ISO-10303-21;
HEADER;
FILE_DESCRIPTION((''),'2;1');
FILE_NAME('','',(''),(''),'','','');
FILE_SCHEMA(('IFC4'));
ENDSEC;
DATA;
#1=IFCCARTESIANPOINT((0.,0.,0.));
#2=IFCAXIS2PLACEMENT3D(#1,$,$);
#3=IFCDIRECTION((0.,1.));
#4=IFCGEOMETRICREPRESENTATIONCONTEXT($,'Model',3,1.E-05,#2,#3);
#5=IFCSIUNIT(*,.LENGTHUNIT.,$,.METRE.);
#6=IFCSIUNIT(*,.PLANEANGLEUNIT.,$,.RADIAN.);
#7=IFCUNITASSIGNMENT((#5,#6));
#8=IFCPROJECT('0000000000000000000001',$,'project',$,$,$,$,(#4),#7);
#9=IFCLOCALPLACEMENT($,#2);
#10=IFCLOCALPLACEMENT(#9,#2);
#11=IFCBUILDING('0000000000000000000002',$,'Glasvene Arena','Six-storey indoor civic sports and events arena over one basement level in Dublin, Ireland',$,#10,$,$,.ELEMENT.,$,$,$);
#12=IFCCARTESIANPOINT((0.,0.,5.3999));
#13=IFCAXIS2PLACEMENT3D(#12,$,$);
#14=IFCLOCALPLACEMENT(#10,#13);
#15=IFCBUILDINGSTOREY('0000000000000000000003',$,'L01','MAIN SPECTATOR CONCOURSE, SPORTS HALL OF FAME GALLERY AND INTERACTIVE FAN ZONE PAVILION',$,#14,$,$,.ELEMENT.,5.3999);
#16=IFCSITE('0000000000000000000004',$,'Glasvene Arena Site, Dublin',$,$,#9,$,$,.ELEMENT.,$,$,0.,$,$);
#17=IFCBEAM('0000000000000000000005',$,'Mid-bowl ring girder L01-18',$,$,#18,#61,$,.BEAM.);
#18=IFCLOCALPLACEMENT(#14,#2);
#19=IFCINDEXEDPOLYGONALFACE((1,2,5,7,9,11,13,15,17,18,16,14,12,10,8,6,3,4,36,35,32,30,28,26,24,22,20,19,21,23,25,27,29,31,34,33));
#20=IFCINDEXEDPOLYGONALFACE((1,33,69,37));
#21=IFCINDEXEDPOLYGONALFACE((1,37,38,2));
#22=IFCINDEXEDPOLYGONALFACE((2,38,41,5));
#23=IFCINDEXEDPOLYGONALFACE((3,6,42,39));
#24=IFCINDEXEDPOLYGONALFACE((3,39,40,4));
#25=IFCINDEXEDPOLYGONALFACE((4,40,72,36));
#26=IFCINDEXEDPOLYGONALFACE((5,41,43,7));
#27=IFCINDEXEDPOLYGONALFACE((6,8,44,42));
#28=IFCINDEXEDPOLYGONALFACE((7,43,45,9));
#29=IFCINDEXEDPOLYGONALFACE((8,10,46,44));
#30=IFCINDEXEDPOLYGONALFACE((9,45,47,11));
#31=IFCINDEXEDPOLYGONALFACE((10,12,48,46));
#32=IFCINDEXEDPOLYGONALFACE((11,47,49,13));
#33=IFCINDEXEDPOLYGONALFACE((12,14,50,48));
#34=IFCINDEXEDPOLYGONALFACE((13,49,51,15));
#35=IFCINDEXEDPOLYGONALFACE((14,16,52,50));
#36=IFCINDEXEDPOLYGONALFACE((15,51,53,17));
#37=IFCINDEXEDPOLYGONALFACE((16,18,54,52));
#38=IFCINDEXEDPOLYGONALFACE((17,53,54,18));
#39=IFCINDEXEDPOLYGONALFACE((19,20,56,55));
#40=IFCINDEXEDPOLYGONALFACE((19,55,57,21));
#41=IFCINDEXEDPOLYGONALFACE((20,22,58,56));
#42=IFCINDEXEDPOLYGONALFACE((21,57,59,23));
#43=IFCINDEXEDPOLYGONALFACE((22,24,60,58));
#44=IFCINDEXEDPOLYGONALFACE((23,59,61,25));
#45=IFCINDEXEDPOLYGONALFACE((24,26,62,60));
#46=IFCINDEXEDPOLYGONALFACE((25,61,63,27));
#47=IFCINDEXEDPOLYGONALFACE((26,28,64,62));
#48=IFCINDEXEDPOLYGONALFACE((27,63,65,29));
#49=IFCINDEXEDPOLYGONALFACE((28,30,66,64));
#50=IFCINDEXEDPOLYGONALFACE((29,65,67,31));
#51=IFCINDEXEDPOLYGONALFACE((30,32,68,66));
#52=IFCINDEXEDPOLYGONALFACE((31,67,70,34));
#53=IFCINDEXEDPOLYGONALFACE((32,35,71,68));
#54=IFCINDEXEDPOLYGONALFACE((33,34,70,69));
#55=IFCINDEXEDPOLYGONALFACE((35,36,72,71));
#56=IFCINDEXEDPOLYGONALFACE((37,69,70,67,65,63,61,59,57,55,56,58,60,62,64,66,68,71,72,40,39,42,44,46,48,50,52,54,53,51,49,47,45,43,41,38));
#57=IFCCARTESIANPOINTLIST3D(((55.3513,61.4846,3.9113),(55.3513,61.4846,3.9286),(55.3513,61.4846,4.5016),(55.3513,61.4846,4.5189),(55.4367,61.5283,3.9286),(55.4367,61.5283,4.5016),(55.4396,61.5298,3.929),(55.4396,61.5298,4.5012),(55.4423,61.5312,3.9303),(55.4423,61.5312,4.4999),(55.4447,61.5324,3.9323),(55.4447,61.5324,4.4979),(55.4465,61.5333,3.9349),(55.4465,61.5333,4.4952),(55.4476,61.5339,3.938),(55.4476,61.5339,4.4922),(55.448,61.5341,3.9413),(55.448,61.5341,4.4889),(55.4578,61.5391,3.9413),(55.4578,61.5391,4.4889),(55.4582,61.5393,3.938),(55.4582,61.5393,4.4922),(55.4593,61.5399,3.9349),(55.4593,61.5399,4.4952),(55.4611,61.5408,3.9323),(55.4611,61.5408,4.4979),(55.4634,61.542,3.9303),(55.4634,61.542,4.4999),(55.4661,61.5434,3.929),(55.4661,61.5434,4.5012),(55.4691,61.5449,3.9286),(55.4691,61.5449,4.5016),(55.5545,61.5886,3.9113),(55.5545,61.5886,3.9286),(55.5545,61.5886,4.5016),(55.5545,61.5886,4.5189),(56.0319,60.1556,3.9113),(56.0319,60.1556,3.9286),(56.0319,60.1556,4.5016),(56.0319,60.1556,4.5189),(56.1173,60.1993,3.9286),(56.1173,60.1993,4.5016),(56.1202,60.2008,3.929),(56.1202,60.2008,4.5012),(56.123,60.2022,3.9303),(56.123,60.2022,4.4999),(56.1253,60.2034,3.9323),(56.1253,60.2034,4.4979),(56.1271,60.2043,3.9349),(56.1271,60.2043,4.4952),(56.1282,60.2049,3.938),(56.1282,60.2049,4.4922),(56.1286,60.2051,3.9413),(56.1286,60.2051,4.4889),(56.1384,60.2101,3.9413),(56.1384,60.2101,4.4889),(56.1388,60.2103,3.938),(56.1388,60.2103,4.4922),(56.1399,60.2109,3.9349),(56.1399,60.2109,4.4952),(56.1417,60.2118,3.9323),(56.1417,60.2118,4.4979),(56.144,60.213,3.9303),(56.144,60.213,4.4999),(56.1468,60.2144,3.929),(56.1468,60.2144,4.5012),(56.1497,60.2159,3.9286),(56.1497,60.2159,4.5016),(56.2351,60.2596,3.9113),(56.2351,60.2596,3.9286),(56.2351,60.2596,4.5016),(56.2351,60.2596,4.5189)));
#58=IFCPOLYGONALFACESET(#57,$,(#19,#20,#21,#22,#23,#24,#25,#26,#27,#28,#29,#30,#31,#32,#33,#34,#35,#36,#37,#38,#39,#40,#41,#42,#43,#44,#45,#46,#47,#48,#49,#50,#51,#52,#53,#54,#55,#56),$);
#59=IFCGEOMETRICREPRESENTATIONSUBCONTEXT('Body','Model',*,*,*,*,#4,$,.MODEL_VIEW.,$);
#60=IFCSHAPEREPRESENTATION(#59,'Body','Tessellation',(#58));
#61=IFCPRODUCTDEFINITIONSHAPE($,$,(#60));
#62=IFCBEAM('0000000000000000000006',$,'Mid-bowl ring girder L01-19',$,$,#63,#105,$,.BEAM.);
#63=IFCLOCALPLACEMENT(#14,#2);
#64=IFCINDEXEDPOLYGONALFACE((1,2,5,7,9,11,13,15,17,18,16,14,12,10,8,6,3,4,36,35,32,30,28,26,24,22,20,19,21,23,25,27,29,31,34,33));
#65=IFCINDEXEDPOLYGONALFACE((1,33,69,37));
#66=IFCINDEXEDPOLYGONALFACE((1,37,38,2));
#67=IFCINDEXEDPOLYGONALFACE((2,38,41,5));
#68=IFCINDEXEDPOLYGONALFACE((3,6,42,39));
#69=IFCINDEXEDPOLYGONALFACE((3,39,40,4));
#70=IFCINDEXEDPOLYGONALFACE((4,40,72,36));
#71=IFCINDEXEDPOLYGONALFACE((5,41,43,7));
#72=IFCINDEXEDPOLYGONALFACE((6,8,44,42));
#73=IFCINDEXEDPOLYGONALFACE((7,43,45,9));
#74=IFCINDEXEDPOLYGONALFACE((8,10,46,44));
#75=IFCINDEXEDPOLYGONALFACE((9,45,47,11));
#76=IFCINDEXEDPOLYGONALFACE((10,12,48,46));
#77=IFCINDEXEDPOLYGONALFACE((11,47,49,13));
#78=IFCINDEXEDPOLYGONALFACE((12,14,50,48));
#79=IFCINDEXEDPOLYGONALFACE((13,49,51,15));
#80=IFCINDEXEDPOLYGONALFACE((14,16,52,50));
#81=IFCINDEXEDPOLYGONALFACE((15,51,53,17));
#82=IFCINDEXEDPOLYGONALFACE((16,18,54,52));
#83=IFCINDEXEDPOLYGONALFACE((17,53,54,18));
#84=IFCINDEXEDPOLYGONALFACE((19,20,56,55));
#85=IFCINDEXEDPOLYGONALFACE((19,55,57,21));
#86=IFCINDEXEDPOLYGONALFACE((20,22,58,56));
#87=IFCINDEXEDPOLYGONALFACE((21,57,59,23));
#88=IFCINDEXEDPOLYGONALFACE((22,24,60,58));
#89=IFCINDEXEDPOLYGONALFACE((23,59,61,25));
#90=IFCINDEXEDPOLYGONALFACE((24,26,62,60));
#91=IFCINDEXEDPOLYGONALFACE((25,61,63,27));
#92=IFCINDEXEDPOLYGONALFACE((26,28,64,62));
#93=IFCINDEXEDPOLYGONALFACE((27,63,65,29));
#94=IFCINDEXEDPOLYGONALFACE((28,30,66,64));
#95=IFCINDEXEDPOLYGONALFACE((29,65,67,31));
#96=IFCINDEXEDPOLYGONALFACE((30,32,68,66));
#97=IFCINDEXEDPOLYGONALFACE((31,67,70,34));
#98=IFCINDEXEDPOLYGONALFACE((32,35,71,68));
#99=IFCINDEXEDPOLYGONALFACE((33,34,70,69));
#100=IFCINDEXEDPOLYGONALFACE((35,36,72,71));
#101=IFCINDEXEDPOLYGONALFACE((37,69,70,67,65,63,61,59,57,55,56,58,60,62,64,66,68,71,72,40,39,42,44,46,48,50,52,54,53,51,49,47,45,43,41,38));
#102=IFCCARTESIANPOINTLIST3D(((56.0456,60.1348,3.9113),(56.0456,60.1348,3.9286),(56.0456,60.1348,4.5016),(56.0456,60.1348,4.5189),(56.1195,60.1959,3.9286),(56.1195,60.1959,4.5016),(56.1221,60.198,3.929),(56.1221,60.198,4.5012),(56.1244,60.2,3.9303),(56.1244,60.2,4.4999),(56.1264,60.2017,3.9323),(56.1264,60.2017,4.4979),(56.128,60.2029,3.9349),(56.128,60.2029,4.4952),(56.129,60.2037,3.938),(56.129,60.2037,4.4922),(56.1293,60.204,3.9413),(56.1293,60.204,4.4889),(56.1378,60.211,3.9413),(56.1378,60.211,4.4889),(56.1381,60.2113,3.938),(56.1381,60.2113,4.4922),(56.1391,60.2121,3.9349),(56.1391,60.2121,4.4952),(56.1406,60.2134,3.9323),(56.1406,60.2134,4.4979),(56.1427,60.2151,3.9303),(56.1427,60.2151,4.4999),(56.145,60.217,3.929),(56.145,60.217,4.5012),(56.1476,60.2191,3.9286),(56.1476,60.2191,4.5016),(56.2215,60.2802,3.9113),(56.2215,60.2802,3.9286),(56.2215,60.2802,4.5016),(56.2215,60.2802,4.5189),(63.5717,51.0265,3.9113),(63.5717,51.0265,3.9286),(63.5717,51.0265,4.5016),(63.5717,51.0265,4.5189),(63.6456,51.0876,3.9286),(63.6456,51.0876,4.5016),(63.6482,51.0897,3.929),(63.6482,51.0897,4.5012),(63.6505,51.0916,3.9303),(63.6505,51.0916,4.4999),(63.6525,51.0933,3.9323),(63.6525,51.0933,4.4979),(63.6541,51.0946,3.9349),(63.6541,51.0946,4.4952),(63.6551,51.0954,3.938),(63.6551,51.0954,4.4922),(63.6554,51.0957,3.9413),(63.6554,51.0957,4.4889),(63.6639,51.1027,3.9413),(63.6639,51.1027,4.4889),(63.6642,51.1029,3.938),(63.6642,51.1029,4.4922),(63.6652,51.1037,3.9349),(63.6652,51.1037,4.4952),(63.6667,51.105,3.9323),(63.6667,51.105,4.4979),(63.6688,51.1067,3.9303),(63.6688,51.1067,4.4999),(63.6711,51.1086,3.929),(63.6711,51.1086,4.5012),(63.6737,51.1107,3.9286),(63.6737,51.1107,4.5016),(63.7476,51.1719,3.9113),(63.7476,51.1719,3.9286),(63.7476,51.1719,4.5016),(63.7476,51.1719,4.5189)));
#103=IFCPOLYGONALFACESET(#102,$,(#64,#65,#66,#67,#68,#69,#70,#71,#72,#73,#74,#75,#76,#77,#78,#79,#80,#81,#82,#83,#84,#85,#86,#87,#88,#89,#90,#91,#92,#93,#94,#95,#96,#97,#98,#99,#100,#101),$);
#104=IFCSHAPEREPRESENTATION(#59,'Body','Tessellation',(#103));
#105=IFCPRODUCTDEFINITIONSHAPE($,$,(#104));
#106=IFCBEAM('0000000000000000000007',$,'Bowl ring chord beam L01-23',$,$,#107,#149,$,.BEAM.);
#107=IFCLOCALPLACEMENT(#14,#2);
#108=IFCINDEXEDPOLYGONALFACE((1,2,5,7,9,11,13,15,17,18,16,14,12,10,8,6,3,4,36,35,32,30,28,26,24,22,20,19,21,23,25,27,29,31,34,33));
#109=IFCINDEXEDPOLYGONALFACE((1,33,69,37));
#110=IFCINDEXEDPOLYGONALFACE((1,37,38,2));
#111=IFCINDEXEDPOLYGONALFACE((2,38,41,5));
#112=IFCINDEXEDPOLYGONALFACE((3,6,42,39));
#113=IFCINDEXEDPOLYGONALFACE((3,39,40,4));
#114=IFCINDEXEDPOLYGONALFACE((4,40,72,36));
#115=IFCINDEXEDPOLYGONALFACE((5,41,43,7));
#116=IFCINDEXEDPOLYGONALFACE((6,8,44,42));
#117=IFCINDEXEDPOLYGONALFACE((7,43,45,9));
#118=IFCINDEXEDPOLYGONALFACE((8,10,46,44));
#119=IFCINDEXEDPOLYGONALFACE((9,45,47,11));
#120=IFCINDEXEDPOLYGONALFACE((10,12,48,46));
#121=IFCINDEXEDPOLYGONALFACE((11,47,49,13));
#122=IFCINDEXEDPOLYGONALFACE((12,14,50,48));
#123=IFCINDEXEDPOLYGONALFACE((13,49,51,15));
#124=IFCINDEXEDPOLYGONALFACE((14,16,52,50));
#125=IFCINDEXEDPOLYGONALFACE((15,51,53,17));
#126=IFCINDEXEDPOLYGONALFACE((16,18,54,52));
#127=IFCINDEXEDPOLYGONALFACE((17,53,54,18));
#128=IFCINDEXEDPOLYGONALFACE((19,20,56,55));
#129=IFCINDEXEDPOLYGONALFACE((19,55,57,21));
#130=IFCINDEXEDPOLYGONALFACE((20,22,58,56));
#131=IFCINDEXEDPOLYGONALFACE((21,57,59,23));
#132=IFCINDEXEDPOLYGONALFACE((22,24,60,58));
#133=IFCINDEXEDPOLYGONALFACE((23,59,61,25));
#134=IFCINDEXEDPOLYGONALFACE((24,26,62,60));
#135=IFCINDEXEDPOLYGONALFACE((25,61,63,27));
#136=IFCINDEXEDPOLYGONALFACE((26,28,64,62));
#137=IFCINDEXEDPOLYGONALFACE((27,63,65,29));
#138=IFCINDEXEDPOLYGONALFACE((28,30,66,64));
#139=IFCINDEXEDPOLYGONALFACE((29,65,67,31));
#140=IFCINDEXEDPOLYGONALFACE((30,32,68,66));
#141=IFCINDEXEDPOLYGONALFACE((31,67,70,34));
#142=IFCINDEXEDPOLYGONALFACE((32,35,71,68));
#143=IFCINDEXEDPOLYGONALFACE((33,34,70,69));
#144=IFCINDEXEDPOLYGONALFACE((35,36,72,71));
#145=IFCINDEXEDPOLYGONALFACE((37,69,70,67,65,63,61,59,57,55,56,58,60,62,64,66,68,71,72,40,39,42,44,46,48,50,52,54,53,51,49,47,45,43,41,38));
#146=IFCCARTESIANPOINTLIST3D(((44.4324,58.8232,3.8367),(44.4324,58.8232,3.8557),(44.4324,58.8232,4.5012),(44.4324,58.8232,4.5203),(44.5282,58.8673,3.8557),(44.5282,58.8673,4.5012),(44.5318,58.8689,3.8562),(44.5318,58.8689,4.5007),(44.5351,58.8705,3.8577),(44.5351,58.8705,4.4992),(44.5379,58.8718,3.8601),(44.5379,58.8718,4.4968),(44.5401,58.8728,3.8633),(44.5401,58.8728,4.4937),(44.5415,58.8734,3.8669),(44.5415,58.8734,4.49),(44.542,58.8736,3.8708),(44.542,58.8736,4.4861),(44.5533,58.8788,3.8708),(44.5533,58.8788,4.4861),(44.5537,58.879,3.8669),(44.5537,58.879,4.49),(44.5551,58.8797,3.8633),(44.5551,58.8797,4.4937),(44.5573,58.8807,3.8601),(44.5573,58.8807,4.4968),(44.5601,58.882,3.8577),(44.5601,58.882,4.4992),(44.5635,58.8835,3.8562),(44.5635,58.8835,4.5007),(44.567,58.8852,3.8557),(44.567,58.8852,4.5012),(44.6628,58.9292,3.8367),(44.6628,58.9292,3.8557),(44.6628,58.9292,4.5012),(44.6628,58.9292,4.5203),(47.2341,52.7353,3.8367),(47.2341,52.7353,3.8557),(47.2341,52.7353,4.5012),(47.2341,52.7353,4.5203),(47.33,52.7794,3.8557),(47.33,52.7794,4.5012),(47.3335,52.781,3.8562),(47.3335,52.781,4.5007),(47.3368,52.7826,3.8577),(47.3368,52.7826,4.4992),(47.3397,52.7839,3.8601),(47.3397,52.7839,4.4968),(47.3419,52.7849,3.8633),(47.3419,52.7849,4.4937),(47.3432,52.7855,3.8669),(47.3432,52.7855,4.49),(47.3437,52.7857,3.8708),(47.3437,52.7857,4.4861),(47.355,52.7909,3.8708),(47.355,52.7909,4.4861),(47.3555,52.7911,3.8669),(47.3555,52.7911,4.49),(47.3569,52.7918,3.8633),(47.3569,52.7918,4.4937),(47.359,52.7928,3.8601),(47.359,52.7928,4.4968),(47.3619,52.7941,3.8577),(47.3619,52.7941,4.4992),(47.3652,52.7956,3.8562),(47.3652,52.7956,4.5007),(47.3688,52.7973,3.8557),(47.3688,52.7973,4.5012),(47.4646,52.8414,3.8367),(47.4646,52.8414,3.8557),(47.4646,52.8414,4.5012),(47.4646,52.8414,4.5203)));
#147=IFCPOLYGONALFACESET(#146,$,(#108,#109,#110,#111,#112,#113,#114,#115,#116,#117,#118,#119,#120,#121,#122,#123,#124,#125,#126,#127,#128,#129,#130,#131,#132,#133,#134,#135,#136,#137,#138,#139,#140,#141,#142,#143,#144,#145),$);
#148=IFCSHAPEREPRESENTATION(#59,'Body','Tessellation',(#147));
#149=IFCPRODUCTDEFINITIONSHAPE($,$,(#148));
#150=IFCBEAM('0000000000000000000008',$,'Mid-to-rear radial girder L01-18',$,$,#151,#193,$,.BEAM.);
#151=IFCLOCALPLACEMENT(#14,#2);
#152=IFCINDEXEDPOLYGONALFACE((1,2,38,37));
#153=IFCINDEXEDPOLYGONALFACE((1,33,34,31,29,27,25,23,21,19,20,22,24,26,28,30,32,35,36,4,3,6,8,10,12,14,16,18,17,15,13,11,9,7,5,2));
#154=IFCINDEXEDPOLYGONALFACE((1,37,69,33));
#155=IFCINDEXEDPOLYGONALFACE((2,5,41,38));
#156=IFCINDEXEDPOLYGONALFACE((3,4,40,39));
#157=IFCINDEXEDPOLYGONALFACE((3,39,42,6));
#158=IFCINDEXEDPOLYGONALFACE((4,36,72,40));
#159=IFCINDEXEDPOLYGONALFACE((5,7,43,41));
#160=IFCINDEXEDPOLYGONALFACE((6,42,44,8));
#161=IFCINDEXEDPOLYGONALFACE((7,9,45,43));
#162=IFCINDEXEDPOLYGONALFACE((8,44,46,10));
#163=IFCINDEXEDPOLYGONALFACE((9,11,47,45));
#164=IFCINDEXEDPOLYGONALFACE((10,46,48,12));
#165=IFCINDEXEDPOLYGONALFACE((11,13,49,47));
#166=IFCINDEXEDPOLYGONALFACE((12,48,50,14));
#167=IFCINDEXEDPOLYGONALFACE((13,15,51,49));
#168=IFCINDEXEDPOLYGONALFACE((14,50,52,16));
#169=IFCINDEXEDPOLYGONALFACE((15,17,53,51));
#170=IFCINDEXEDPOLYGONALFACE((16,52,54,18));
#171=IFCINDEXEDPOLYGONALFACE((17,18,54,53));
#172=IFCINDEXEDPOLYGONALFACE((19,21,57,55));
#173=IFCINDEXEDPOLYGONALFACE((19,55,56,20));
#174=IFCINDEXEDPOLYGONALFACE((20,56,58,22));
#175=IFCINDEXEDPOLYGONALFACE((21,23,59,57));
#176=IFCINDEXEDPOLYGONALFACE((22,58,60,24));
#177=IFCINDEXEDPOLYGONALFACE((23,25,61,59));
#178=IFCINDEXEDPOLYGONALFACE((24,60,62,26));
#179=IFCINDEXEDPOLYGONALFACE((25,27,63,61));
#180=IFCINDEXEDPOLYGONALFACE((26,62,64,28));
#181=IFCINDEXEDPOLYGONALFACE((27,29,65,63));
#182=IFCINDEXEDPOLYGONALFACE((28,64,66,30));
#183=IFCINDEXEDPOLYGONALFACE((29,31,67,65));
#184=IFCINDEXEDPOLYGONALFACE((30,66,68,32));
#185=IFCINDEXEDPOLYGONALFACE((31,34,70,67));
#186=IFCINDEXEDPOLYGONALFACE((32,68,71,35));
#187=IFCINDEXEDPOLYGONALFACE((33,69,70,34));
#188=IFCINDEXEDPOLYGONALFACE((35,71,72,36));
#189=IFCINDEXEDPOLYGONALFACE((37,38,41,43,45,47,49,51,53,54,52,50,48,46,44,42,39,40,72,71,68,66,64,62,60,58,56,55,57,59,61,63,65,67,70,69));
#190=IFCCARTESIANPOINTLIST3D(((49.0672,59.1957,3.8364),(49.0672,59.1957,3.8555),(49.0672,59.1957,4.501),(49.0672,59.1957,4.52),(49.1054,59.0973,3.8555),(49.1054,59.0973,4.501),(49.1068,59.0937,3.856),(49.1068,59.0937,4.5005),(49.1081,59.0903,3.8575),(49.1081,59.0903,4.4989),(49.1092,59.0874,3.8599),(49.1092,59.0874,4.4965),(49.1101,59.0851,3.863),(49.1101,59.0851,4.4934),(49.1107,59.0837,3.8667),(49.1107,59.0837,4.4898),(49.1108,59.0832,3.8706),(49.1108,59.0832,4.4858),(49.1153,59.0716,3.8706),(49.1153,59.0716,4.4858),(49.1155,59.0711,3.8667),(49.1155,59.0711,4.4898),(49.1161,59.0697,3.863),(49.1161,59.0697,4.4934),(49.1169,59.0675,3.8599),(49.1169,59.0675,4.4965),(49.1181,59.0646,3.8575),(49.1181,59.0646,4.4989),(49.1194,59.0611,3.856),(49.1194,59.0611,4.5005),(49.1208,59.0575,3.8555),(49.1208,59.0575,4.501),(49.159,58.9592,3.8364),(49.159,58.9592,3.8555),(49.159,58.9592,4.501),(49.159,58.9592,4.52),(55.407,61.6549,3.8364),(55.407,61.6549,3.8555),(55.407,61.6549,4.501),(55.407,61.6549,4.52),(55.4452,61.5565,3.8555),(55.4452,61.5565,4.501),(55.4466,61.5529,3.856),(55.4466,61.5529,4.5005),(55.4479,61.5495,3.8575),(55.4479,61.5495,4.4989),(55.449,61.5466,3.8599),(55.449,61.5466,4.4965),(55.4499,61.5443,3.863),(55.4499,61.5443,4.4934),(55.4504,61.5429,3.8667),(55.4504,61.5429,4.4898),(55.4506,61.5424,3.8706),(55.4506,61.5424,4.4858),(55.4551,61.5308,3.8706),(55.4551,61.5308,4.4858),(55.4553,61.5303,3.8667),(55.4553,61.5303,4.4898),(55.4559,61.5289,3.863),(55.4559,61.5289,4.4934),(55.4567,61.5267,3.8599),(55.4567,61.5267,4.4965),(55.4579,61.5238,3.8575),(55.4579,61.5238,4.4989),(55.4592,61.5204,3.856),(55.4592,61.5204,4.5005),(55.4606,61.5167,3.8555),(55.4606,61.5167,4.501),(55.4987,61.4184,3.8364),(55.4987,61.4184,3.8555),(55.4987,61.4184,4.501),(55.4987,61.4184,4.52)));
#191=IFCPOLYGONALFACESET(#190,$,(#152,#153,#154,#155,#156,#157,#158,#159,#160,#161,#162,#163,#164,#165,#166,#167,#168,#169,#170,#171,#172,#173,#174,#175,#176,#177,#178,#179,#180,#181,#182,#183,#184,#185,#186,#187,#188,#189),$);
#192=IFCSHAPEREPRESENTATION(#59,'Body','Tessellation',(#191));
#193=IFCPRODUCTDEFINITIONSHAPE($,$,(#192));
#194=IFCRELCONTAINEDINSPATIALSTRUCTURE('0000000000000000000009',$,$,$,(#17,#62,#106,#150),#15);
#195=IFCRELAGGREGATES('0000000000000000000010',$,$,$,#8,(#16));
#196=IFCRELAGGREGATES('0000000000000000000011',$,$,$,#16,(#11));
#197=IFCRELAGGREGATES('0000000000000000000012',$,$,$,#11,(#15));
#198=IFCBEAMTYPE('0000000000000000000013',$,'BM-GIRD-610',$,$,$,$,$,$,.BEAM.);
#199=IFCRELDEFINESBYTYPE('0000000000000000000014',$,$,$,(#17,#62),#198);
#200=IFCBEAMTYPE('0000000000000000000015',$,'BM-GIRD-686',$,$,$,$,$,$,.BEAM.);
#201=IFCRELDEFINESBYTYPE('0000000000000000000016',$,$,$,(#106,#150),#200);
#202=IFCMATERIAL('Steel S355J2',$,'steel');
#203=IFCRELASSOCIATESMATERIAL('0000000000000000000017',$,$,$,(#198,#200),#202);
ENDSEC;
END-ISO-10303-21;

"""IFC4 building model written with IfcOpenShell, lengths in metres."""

from ifc_helpers import new_model, si_unit, direction, frame, origin, origin_2d, place, context, subcontext, project, spatial, i_section, extrude, material, material_profile, profile_set, type_object, element, save


model = new_model("IFC4")

# Units and contexts
model_context = context("Model", 3, precision=1e-05, world=origin(), true_north=direction((0.0, 1.0)))
body_context = subcontext(model_context, "Body", "Model", "MODEL_VIEW")
ifc_project = project(units=[si_unit("LENGTHUNIT", "METRE"), si_unit("PLANEANGLEUNIT", "RADIAN")], contexts=[model_context])

# Site, building, storey
site_placement = place(None, origin())
site = spatial("IfcSite", under=ifc_project, at=site_placement, Name="Glasvene Arena Site, Dublin", CompositionType="ELEMENT", RefElevation=0.0)
building_placement = place(site_placement, origin())
building = spatial("IfcBuilding", under=site, at=building_placement, Name="Glasvene Arena", Description="Six-storey indoor civic sports and events arena over one basement level in Dublin, Ireland", CompositionType="ELEMENT")
storey_placement = place(building_placement, frame((0.0, 0.0, 5.3999)))
storey = spatial("IfcBuildingStorey", under=building, at=storey_placement, Name="L01", Description="MAIN SPECTATOR CONCOURSE, SPORTS HALL OF FAME GALLERY AND INTERACTIVE FAN ZONE PAVILION", CompositionType="ELEMENT", Elevation=5.3999)

# Shared definitions
ifc_material_1 = material(Name="Steel S355J2", Category="steel")

# Beams
ifc_material_profile_1 = material_profile(ifc_material_1, i_section(OverallWidth=0.2283, OverallDepth=0.6077, WebThickness=0.011, FlangeThickness=0.0173, FilletRadius=0.0127, at=origin_2d()), Name="UKB 610x229x113")
ifc_profile_set_1 = profile_set([ifc_material_profile_1], Name="Steel S355J2")
beam_type_1 = type_object("IfcBeamType", Name="BM-GIRD-610", PredefinedType="BEAM", material=ifc_profile_set_1)
beam_1_placement = place(storey_placement, frame((55.4529, 61.5366, 4.2151), z_axis=(0.455825, -0.890069, 0.0), x_axis=(0.890069, 0.455825, 0.0)))
element("IfcBeam", 1, at=beam_1_placement, inside=storey, type_object=beam_type_1, Name="Mid-bowl ring girder L01-18", PredefinedType="BEAM", context=body_context, shape_type="SweptSolid", body=[
    extrude(i_section(OverallWidth=0.2283, OverallDepth=0.6077, WebThickness=0.011, FlangeThickness=0.0173, FilletRadius=0.0127, at=origin_2d()), origin(), (0.0, 0.0, 1.0), 1.4932),
])
beam_2_placement = place(storey_placement, frame((56.1335, 60.2075, 4.2151), z_axis=(0.636972, -0.770887, 0.0), x_axis=(0.770887, 0.636972, 0.0)))
element("IfcBeam", 2, at=beam_2_placement, inside=storey, type_object=beam_type_1, Name="Mid-bowl ring girder L01-19", PredefinedType="BEAM", context=body_context, shape_type="SweptSolid", body=[
    extrude(i_section(OverallWidth=0.2283, OverallDepth=0.6077, WebThickness=0.011, FlangeThickness=0.0173, FilletRadius=0.0127, at=origin_2d()), origin(), (0.0, 0.0, 1.0), 11.8154),
])
ifc_material_profile_2 = material_profile(ifc_material_1, i_section(OverallWidth=0.2537, OverallDepth=0.6836, WebThickness=0.0125, FlangeThickness=0.019, FilletRadius=0.0151, at=origin_2d()), Name="UKB 686x254x140")
ifc_profile_set_2 = profile_set([ifc_material_profile_2], Name="Steel S355J2")
beam_type_2 = type_object("IfcBeamType", Name="BM-GIRD-686", PredefinedType="BEAM", material=ifc_profile_set_2)
beam_3_placement = place(storey_placement, frame((44.5476, 58.8762, 4.1785), z_axis=(0.418069, -0.908415, 0.0), x_axis=(0.908415, 0.418069, 0.0)))
element("IfcBeam", 3, at=beam_3_placement, inside=storey, type_object=beam_type_2, Name="Bowl ring chord beam L01-23", PredefinedType="BEAM", context=body_context, shape_type="SweptSolid", body=[
    extrude(i_section(OverallWidth=0.2537, OverallDepth=0.6836, WebThickness=0.0125, FlangeThickness=0.019, FilletRadius=0.0151, at=origin_2d()), origin(), (0.0, 0.0, 1.0), 6.7017),
])
for number, where, z_axis, x_axis, name in (
    (4, (55.4529, 61.5366, 4.1782), (-0.932316, -0.361646, 0.0), (0.361646, -0.932316, 0.0), "Mid-to-rear radial girder L01-18"),
):
    element("IfcBeam", number, at=place(storey_placement, frame(where, z_axis=z_axis, x_axis=x_axis)), inside=storey, type_object=beam_type_2, Name=name, PredefinedType="BEAM", context=body_context, shape_type="SweptSolid", body=[
        extrude(i_section(OverallWidth=0.2537, OverallDepth=0.6836, WebThickness=0.0125, FlangeThickness=0.019, FilletRadius=0.0151, at=origin_2d()), origin(), (0.0, 0.0, 1.0), 6.8),
    ])

save(model, "model.ifc")
